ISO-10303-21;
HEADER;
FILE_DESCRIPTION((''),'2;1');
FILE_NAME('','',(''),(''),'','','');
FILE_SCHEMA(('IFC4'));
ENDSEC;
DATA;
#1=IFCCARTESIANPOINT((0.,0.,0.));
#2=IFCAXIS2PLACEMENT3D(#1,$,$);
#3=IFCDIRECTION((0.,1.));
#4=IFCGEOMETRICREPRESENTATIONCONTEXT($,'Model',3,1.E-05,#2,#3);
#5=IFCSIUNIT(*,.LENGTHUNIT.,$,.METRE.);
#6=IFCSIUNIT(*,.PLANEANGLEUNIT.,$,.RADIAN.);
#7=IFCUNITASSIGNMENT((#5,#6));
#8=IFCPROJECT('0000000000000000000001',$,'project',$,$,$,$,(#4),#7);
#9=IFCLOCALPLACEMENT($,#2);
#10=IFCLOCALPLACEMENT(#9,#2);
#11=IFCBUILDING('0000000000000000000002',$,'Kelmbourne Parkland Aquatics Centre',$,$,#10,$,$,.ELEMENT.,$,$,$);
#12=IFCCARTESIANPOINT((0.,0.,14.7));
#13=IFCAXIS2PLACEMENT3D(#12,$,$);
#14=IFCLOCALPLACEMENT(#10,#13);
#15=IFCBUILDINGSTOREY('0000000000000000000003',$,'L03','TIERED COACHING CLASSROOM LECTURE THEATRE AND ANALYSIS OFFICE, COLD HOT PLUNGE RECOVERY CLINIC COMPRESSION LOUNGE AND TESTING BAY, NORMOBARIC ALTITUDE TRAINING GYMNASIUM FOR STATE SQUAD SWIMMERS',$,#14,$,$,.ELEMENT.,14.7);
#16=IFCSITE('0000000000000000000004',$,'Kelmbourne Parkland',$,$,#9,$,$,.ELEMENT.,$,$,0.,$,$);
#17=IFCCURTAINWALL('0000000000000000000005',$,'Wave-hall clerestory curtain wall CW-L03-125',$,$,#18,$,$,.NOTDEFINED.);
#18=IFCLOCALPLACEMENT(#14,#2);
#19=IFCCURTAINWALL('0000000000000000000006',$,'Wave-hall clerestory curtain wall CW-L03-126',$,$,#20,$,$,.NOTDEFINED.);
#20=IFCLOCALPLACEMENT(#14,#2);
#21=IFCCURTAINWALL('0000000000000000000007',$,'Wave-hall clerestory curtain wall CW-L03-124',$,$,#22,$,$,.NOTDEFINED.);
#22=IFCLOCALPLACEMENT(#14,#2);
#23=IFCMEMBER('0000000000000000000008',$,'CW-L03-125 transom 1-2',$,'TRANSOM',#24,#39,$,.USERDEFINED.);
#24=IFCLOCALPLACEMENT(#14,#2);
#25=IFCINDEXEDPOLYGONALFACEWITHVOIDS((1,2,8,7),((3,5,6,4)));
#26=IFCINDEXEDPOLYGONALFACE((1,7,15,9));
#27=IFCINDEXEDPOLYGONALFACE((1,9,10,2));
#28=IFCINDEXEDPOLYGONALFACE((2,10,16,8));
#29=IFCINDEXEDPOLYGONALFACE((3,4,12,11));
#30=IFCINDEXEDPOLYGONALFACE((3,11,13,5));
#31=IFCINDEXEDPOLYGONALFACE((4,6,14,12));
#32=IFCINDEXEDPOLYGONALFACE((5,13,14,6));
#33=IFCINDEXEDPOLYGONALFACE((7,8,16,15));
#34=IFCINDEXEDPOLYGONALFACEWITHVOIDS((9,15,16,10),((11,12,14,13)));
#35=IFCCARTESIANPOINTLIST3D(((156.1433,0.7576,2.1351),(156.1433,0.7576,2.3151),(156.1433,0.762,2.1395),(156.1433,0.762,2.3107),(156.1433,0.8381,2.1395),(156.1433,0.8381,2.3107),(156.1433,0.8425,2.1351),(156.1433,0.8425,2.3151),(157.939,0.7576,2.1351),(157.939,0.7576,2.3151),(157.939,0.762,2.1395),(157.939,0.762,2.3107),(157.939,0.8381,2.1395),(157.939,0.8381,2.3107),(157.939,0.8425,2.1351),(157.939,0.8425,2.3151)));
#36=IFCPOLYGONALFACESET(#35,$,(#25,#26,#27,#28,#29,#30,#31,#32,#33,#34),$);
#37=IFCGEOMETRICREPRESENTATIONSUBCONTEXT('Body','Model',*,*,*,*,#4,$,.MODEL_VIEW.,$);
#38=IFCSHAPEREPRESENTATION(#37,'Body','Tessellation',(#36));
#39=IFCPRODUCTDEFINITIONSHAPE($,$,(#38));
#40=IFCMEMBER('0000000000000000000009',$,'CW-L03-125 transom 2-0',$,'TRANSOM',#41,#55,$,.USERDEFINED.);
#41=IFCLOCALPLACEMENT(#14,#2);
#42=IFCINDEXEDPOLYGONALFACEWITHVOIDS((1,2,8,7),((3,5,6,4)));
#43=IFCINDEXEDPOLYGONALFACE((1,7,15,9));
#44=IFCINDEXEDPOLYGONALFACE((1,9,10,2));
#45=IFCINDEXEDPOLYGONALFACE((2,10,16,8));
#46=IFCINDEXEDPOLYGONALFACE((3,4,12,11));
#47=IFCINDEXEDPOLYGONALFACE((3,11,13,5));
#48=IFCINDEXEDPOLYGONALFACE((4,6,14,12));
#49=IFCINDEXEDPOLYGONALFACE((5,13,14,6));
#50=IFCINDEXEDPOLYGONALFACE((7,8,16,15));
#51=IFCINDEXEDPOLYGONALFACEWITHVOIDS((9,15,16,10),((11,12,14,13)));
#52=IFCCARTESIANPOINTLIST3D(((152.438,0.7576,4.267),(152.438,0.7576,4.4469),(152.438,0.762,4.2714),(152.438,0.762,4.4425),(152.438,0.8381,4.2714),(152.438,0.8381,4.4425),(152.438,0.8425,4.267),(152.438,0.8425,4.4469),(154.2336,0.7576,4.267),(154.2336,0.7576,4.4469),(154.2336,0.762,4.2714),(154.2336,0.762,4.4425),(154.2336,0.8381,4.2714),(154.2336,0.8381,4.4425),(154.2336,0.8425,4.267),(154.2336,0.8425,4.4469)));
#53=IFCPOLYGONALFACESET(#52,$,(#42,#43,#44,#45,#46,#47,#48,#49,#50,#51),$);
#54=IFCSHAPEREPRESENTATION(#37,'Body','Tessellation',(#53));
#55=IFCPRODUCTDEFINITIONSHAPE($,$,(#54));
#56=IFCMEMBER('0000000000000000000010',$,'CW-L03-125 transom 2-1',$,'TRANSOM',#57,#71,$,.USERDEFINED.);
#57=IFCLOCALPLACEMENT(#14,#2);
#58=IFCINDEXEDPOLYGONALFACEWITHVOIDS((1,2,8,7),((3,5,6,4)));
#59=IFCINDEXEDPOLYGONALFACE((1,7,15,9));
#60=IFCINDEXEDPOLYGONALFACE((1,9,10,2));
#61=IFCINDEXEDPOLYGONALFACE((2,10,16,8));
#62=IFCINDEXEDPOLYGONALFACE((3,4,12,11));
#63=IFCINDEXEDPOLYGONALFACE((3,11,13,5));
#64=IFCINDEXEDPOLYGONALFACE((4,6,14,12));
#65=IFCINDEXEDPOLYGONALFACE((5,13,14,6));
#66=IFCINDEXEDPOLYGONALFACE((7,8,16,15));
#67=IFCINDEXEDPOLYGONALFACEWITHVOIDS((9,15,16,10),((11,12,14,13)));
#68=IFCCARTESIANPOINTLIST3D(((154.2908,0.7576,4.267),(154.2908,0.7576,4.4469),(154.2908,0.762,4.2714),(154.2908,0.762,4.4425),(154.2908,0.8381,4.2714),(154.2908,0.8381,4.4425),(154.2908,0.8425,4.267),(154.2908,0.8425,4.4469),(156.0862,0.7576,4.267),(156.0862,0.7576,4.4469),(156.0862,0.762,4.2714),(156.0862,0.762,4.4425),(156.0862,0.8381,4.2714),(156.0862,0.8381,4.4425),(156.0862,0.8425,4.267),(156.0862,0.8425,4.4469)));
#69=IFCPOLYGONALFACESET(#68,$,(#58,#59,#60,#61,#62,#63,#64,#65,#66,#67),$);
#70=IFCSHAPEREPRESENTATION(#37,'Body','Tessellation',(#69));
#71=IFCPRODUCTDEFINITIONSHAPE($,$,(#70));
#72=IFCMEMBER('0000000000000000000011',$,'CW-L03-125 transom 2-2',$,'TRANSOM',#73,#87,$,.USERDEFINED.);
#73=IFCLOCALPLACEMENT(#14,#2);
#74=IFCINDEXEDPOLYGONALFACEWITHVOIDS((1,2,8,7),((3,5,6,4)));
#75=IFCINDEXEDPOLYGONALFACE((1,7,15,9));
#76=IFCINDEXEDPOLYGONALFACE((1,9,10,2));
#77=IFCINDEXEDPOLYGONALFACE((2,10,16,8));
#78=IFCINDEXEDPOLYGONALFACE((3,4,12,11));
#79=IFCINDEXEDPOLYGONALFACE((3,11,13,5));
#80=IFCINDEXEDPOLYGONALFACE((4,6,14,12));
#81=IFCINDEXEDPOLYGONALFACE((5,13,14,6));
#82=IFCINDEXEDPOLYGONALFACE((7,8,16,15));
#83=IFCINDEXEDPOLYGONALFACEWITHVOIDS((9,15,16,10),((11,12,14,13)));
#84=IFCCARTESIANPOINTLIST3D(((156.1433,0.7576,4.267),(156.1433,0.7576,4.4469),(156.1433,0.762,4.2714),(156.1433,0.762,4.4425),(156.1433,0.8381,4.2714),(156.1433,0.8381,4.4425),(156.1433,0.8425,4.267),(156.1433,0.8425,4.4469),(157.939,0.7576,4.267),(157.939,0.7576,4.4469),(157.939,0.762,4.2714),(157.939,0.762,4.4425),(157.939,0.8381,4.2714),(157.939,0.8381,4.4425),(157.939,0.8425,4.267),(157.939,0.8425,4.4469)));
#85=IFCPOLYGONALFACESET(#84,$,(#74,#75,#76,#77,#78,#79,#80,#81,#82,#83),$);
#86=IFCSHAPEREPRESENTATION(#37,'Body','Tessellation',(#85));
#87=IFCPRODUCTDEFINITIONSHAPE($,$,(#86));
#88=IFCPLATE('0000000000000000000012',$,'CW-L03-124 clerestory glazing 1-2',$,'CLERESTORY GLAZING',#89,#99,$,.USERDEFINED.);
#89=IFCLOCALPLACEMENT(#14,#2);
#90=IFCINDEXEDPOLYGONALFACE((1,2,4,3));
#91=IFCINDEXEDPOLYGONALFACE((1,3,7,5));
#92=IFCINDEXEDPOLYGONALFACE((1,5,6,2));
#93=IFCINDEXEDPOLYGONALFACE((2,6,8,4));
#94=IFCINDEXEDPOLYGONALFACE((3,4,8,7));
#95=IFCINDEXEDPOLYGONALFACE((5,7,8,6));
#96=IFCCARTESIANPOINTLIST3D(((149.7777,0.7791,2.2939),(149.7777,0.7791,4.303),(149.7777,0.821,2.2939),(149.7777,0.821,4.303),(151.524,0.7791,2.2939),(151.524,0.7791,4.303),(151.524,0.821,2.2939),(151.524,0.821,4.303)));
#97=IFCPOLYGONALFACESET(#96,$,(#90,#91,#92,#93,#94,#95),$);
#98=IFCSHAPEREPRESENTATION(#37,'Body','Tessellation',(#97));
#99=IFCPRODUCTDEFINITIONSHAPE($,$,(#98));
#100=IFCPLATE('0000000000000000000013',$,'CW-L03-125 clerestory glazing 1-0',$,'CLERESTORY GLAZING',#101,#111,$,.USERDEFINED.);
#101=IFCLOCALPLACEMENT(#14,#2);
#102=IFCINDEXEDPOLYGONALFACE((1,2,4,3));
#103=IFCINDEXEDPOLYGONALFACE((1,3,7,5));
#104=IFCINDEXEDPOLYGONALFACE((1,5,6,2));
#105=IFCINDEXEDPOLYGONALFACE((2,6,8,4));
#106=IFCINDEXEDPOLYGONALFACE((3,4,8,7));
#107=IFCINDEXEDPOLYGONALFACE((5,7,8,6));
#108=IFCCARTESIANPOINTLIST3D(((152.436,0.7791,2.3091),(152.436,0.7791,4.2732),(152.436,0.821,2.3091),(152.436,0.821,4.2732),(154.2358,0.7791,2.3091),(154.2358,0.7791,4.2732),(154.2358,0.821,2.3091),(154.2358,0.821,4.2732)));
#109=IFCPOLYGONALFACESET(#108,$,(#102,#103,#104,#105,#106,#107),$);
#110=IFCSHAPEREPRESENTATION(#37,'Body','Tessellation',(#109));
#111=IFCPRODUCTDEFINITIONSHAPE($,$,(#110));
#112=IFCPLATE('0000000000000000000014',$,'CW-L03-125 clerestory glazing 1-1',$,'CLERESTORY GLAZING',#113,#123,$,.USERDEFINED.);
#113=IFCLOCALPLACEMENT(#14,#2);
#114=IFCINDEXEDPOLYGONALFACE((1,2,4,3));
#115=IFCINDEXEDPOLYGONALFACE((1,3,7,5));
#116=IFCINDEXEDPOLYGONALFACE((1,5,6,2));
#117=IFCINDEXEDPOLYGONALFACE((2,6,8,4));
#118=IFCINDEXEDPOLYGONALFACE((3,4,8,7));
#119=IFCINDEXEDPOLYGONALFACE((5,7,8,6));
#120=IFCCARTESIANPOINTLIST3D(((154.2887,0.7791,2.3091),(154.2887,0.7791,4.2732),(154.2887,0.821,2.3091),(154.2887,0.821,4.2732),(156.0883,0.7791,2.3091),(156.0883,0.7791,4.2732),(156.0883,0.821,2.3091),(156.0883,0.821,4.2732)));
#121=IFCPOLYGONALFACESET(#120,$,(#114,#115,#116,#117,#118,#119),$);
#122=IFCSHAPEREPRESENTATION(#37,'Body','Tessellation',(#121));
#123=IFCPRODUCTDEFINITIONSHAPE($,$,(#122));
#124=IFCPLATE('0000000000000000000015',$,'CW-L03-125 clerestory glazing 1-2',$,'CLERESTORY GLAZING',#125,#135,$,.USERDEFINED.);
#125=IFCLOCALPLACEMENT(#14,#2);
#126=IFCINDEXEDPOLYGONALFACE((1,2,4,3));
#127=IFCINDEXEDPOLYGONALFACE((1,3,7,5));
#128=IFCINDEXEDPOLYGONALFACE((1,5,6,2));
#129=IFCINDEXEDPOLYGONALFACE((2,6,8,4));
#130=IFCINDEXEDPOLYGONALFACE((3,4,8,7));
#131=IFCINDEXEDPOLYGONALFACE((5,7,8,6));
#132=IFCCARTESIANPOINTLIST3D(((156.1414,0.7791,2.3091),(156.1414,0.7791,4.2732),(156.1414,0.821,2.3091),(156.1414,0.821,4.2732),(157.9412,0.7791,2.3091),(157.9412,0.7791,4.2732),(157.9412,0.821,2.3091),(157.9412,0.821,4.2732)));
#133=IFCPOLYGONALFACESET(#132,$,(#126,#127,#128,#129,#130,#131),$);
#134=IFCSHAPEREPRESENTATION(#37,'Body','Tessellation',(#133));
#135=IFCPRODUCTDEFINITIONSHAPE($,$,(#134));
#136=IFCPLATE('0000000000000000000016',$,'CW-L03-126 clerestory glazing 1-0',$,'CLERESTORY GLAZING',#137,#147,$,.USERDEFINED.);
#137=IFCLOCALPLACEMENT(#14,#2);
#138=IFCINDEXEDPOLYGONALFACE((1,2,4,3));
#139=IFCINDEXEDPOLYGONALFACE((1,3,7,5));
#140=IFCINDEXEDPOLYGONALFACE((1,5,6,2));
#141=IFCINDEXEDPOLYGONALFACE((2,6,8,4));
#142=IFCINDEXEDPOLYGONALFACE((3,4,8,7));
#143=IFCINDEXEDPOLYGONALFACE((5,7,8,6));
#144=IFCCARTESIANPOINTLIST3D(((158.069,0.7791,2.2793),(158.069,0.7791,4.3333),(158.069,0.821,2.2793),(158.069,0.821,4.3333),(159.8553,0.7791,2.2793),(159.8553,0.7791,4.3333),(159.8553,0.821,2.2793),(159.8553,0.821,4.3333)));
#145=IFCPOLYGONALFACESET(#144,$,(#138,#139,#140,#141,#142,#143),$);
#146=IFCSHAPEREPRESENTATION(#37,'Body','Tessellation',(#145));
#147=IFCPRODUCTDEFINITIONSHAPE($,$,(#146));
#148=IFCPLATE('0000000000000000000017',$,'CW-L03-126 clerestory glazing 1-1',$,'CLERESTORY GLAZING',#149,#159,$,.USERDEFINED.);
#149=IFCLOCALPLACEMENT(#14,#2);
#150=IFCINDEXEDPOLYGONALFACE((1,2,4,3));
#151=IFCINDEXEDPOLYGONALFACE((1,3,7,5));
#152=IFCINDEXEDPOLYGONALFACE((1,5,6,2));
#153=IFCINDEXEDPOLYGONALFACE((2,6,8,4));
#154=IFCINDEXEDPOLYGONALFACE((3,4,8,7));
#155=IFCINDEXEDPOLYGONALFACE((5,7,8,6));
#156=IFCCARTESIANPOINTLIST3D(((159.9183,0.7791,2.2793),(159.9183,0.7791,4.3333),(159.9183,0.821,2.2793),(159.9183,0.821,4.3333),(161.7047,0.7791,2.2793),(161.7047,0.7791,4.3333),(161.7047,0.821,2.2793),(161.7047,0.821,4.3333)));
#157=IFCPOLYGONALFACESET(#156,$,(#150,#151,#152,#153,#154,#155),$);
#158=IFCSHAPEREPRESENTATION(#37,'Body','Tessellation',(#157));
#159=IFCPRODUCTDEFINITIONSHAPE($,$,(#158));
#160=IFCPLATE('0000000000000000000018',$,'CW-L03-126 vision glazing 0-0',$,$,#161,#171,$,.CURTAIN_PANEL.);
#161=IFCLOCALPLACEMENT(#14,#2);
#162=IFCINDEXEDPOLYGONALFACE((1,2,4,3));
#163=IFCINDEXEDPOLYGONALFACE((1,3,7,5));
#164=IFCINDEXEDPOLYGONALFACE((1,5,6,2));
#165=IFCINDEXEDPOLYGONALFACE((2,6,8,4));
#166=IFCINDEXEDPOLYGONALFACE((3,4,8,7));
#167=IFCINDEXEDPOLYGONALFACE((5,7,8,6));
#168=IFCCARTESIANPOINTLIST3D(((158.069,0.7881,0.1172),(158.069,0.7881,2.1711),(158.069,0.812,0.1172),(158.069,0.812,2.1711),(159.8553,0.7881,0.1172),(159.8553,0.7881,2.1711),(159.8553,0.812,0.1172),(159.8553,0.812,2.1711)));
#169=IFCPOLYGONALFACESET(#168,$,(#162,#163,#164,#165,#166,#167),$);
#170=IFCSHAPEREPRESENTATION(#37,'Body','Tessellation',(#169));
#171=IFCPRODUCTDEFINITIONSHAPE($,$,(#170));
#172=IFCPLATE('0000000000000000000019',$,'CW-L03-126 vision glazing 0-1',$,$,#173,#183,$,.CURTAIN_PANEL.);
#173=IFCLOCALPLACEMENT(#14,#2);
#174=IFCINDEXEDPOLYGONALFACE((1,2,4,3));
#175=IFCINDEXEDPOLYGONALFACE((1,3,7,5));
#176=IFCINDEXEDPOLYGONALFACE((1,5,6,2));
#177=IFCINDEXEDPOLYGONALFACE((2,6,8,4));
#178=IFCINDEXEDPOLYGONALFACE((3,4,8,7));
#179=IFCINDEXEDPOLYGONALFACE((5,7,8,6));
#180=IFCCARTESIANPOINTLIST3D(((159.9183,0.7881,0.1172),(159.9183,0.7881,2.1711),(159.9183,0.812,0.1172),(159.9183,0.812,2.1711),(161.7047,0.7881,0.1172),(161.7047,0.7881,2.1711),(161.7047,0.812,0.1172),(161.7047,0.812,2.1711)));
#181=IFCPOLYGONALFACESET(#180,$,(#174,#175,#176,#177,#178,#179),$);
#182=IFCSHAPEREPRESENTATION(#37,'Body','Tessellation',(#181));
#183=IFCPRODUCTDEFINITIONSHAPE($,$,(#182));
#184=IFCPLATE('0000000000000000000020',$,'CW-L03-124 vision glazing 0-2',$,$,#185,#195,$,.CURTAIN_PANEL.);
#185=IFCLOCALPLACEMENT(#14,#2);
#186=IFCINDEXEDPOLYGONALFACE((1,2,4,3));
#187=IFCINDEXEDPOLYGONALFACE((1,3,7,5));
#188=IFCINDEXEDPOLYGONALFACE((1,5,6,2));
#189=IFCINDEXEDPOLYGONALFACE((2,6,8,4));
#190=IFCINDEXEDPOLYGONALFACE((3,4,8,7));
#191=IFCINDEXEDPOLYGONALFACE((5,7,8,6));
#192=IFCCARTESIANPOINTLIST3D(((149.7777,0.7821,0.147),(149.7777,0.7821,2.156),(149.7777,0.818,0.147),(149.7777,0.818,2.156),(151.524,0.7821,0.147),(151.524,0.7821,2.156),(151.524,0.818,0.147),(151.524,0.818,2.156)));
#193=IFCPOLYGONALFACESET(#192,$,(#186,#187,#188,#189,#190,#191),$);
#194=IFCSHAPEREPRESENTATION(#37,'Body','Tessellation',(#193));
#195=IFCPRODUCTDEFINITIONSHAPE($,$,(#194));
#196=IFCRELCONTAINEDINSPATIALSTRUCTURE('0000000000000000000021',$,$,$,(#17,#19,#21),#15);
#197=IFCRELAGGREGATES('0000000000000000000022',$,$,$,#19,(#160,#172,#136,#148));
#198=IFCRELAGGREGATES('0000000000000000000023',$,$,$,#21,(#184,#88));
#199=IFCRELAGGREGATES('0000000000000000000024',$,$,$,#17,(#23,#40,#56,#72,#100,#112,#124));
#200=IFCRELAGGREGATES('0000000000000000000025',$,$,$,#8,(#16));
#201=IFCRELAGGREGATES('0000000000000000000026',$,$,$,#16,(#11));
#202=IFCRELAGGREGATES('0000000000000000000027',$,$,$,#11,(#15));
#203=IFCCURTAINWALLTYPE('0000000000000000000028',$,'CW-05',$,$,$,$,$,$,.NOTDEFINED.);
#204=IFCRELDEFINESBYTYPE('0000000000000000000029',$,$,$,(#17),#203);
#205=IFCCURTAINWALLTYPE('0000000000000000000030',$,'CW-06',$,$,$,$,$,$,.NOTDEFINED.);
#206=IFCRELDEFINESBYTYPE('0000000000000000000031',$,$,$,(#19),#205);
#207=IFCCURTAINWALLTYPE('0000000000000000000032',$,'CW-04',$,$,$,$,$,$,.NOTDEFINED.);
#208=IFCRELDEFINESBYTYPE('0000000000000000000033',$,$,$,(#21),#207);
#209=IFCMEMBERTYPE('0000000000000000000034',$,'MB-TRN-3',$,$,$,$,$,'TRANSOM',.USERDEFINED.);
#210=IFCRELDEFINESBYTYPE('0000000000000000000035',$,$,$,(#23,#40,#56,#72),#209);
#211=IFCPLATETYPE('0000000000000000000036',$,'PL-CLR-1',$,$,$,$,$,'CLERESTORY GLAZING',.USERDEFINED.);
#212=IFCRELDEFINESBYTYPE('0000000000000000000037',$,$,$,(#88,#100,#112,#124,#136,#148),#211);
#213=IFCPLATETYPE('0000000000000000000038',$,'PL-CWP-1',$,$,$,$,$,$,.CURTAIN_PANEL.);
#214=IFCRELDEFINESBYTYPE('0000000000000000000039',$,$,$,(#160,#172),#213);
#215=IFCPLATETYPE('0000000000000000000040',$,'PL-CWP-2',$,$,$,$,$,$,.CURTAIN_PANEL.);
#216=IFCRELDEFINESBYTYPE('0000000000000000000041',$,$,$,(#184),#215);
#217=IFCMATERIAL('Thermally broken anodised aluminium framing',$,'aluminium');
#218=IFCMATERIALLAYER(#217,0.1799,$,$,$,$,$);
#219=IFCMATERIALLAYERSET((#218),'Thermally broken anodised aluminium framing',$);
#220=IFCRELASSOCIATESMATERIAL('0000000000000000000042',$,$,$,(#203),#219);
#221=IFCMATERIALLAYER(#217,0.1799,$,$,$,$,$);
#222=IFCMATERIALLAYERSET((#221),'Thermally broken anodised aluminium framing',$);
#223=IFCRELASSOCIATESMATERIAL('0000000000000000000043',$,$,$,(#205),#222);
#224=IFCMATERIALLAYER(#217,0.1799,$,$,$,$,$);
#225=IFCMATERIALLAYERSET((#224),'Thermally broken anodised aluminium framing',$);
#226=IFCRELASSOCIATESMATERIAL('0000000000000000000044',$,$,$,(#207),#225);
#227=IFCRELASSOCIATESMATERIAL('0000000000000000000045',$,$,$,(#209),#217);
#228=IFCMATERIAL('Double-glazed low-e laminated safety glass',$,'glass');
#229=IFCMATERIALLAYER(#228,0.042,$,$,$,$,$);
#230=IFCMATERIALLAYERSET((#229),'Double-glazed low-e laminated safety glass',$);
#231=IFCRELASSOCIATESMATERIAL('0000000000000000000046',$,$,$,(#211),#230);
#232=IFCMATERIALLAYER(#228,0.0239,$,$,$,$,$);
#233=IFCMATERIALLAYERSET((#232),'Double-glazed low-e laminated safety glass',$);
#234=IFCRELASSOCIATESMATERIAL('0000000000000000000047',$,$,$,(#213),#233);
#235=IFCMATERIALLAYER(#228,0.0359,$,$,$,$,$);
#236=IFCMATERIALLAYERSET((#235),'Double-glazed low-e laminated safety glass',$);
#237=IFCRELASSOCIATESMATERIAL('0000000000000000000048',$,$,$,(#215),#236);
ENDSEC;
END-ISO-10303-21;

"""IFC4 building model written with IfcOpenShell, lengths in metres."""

from ifc_helpers import new_model, si_unit, direction, frame, origin, origin_2d, place, context, subcontext, project, spatial, rectangle, hollow_rectangle, extrude, material, layer, layer_set, material_profile, profile_set, type_object, element, aggregate, save


model = new_model("IFC4")

# Units and contexts
model_context = context("Model", 3, precision=1e-05, world=origin(), true_north=direction((0.0, 1.0)))
body_context = subcontext(model_context, "Body", "Model", "MODEL_VIEW")
ifc_project = project(units=[si_unit("LENGTHUNIT", "METRE"), si_unit("PLANEANGLEUNIT", "RADIAN")], contexts=[model_context])

# Site, building, storey
site_placement = place(None, origin())
site = spatial("IfcSite", under=ifc_project, at=site_placement, Name="Kelmbourne Parkland", CompositionType="ELEMENT", RefElevation=0.0)
building_placement = place(site_placement, origin())
building = spatial("IfcBuilding", under=site, at=building_placement, Name="Kelmbourne Parkland Aquatics Centre", CompositionType="ELEMENT")
storey_placement = place(building_placement, frame((0.0, 0.0, 14.7)))
storey = spatial("IfcBuildingStorey", under=building, at=storey_placement, Name="L03", Description="TIERED COACHING CLASSROOM LECTURE THEATRE AND ANALYSIS OFFICE, COLD HOT PLUNGE RECOVERY CLINIC COMPRESSION LOUNGE AND TESTING BAY, NORMOBARIC ALTITUDE TRAINING GYMNASIUM FOR STATE SQUAD SWIMMERS", CompositionType="ELEMENT", Elevation=14.7)

# Curtain walls
ifc_material_1 = material(Name="Thermally broken anodised aluminium framing", Category="aluminium")
ifc_layer_1 = layer(ifc_material_1, 0.1799)
ifc_layer_set_1 = layer_set([ifc_layer_1], Name="Thermally broken anodised aluminium framing")
curtain_wall_type_1 = type_object("IfcCurtainWallType", Name="CW-05", PredefinedType="NOTDEFINED", material=ifc_layer_set_1)
curtain_wall_1_placement = place(storey_placement, origin())
curtain_wall_1 = element("IfcCurtainWall", 1, at=curtain_wall_1_placement, inside=storey, type_object=curtain_wall_type_1, Name="Wave-hall clerestory curtain wall CW-L03-125", PredefinedType="NOTDEFINED")
ifc_layer_2 = layer(ifc_material_1, 0.1799)
ifc_layer_set_2 = layer_set([ifc_layer_2], Name="Thermally broken anodised aluminium framing")
curtain_wall_type_2 = type_object("IfcCurtainWallType", Name="CW-06", PredefinedType="NOTDEFINED", material=ifc_layer_set_2)
curtain_wall_2_placement = place(storey_placement, origin())
curtain_wall_2 = element("IfcCurtainWall", 2, at=curtain_wall_2_placement, inside=storey, type_object=curtain_wall_type_2, Name="Wave-hall clerestory curtain wall CW-L03-126", PredefinedType="NOTDEFINED")

# Curtain wall
ifc_layer_3 = layer(ifc_material_1, 0.1799)
ifc_layer_set_3 = layer_set([ifc_layer_3], Name="Thermally broken anodised aluminium framing")
curtain_wall_type_3 = type_object("IfcCurtainWallType", Name="CW-04", PredefinedType="NOTDEFINED", material=ifc_layer_set_3)
curtain_wall_3_placement = place(storey_placement, origin())
curtain_wall_3 = element("IfcCurtainWall", 3, at=curtain_wall_3_placement, inside=storey, type_object=curtain_wall_type_3, Name="Wave-hall clerestory curtain wall CW-L03-124", PredefinedType="NOTDEFINED")

# Members
ifc_material_profile_1 = material_profile(ifc_material_1, hollow_rectangle(XDim=0.085, YDim=0.1799, WallThickness=0.0044, at=origin_2d()), Name="CW-T 85x180")
ifc_profile_set_1 = profile_set([ifc_material_profile_1], Name="Thermally broken anodised aluminium framing")
member_type_1 = type_object("IfcMemberType", Name="MB-TRN-3", ElementType="TRANSOM", PredefinedType="USERDEFINED", material=ifc_profile_set_1)
member_1_placement = place(storey_placement, frame((156.1433, 0.8, 2.2251), z_axis=(1.0, 0.0, 0.0), x_axis=(0.0, 1.0, 0.0)))
member_1 = element("IfcMember", 4, at=member_1_placement, type_object=member_type_1, Name="CW-L03-125 transom 1-2", ObjectType="TRANSOM", PredefinedType="USERDEFINED", context=body_context, shape_type="SweptSolid", body=[
    extrude(hollow_rectangle(XDim=0.085, YDim=0.1799, WallThickness=0.0044, at=origin_2d()), origin(), (0.0, 0.0, 1.0), 1.7957),
])
member_2_placement = place(storey_placement, frame((152.438, 0.8, 4.3569), z_axis=(1.0, 0.0, 0.0), x_axis=(0.0, 1.0, 0.0)))
member_2 = element("IfcMember", 5, at=member_2_placement, type_object=member_type_1, Name="CW-L03-125 transom 2-0", ObjectType="TRANSOM", PredefinedType="USERDEFINED", context=body_context, shape_type="SweptSolid", body=[
    extrude(hollow_rectangle(XDim=0.085, YDim=0.1799, WallThickness=0.0044, at=origin_2d()), origin(), (0.0, 0.0, 1.0), 1.7957),
])
member_3_placement = place(storey_placement, frame((154.2908, 0.8, 4.3569), z_axis=(1.0, 0.0, 0.0), x_axis=(0.0, 1.0, 0.0)))
member_3 = element("IfcMember", 6, at=member_3_placement, type_object=member_type_1, Name="CW-L03-125 transom 2-1", ObjectType="TRANSOM", PredefinedType="USERDEFINED", context=body_context, shape_type="SweptSolid", body=[
    extrude(hollow_rectangle(XDim=0.085, YDim=0.1799, WallThickness=0.0044, at=origin_2d()), origin(), (0.0, 0.0, 1.0), 1.7954),
])
member_4_placement = place(storey_placement, frame((156.1433, 0.8, 4.3569), z_axis=(1.0, 0.0, 0.0), x_axis=(0.0, 1.0, 0.0)))
member_4 = element("IfcMember", 7, at=member_4_placement, type_object=member_type_1, Name="CW-L03-125 transom 2-2", ObjectType="TRANSOM", PredefinedType="USERDEFINED", context=body_context, shape_type="SweptSolid", body=[
    extrude(hollow_rectangle(XDim=0.085, YDim=0.1799, WallThickness=0.0044, at=origin_2d()), origin(), (0.0, 0.0, 1.0), 1.7957),
])

# Plates
ifc_material_2 = material(Name="Double-glazed low-e laminated safety glass", Category="glass")
ifc_layer_4 = layer(ifc_material_2, 0.042)
ifc_layer_set_4 = layer_set([ifc_layer_4], Name="Double-glazed low-e laminated safety glass")
plate_type_1 = type_object("IfcPlateType", Name="PL-CLR-1", ElementType="CLERESTORY GLAZING", PredefinedType="USERDEFINED", material=ifc_layer_set_4)
plate_1_placement = place(storey_placement, frame((150.6509, 0.8, 2.2939), z_axis=(0.0, 0.0, 1.0), x_axis=(1.0, 0.0, 0.0)))
plate_1 = element("IfcPlate", 8, at=plate_1_placement, type_object=plate_type_1, Name="CW-L03-124 clerestory glazing 1-2", ObjectType="CLERESTORY GLAZING", PredefinedType="USERDEFINED", context=body_context, shape_type="SweptSolid", body=[
    extrude(rectangle(XDim=1.7463, YDim=0.042, at=origin_2d()), origin(), (0.0, 0.0, 1.0), 2.009),
])
plate_2_placement = place(storey_placement, frame((153.3359, 0.8, 2.3091), z_axis=(0.0, 0.0, 1.0), x_axis=(1.0, 0.0, 0.0)))
plate_2 = element("IfcPlate", 9, at=plate_2_placement, type_object=plate_type_1, Name="CW-L03-125 clerestory glazing 1-0", ObjectType="CLERESTORY GLAZING", PredefinedType="USERDEFINED", context=body_context, shape_type="SweptSolid", body=[
    extrude(rectangle(XDim=1.7998, YDim=0.042, at=origin_2d()), origin(), (0.0, 0.0, 1.0), 1.9641),
])
plate_3_placement = place(storey_placement, frame((155.1885, 0.8, 2.3091), z_axis=(0.0, 0.0, 1.0), x_axis=(1.0, 0.0, 0.0)))
plate_3 = element("IfcPlate", 10, at=plate_3_placement, type_object=plate_type_1, Name="CW-L03-125 clerestory glazing 1-1", ObjectType="CLERESTORY GLAZING", PredefinedType="USERDEFINED", context=body_context, shape_type="SweptSolid", body=[
    extrude(rectangle(XDim=1.7996, YDim=0.042, at=origin_2d()), origin(), (0.0, 0.0, 1.0), 1.9641),
])
plate_4_placement = place(storey_placement, frame((157.0413, 0.8, 2.3091), z_axis=(0.0, 0.0, 1.0), x_axis=(1.0, 0.0, 0.0)))
plate_4 = element("IfcPlate", 11, at=plate_4_placement, type_object=plate_type_1, Name="CW-L03-125 clerestory glazing 1-2", ObjectType="CLERESTORY GLAZING", PredefinedType="USERDEFINED", context=body_context, shape_type="SweptSolid", body=[
    extrude(rectangle(XDim=1.7998, YDim=0.042, at=origin_2d()), origin(), (0.0, 0.0, 1.0), 1.9641),
])
plate_5_placement = place(storey_placement, frame((158.9622, 0.8, 2.2793), z_axis=(0.0, 0.0, 1.0), x_axis=(1.0, 0.0, 0.0)))
plate_5 = element("IfcPlate", 12, at=plate_5_placement, type_object=plate_type_1, Name="CW-L03-126 clerestory glazing 1-0", ObjectType="CLERESTORY GLAZING", PredefinedType="USERDEFINED", context=body_context, shape_type="SweptSolid", body=[
    extrude(rectangle(XDim=1.7864, YDim=0.042, at=origin_2d()), origin(), (0.0, 0.0, 1.0), 2.054),
])
plate_6_placement = place(storey_placement, frame((160.8115, 0.8, 2.2793), z_axis=(0.0, 0.0, 1.0), x_axis=(1.0, 0.0, 0.0)))
plate_6 = element("IfcPlate", 13, at=plate_6_placement, type_object=plate_type_1, Name="CW-L03-126 clerestory glazing 1-1", ObjectType="CLERESTORY GLAZING", PredefinedType="USERDEFINED", context=body_context, shape_type="SweptSolid", body=[
    extrude(rectangle(XDim=1.7864, YDim=0.042, at=origin_2d()), origin(), (0.0, 0.0, 1.0), 2.054),
])
ifc_layer_5 = layer(ifc_material_2, 0.0239)
ifc_layer_set_5 = layer_set([ifc_layer_5], Name="Double-glazed low-e laminated safety glass")
plate_type_2 = type_object("IfcPlateType", Name="PL-CWP-1", PredefinedType="CURTAIN_PANEL", material=ifc_layer_set_5)
plate_7_placement = place(storey_placement, frame((158.9622, 0.8, 0.1172), z_axis=(0.0, 0.0, 1.0), x_axis=(1.0, 0.0, 0.0)))
plate_7 = element("IfcPlate", 14, at=plate_7_placement, type_object=plate_type_2, Name="CW-L03-126 vision glazing 0-0", PredefinedType="CURTAIN_PANEL", context=body_context, shape_type="SweptSolid", body=[
    extrude(rectangle(XDim=1.7864, YDim=0.0239, at=origin_2d()), origin(), (0.0, 0.0, 1.0), 2.054),
])
plate_8_placement = place(storey_placement, frame((160.8115, 0.8, 0.1172), z_axis=(0.0, 0.0, 1.0), x_axis=(1.0, 0.0, 0.0)))
plate_8 = element("IfcPlate", 15, at=plate_8_placement, type_object=plate_type_2, Name="CW-L03-126 vision glazing 0-1", PredefinedType="CURTAIN_PANEL", context=body_context, shape_type="SweptSolid", body=[
    extrude(rectangle(XDim=1.7864, YDim=0.0239, at=origin_2d()), origin(), (0.0, 0.0, 1.0), 2.054),
])
aggregate(curtain_wall_2, [plate_7, plate_8, plate_5, plate_6])
ifc_layer_6 = layer(ifc_material_2, 0.0359)
ifc_layer_set_6 = layer_set([ifc_layer_6], Name="Double-glazed low-e laminated safety glass")
plate_type_3 = type_object("IfcPlateType", Name="PL-CWP-2", PredefinedType="CURTAIN_PANEL", material=ifc_layer_set_6)
plate_9_placement = place(storey_placement, frame((150.6509, 0.8, 0.147), z_axis=(0.0, 0.0, 1.0), x_axis=(1.0, 0.0, 0.0)))
plate_9 = element("IfcPlate", 16, at=plate_9_placement, type_object=plate_type_3, Name="CW-L03-124 vision glazing 0-2", PredefinedType="CURTAIN_PANEL", context=body_context, shape_type="SweptSolid", body=[
    extrude(rectangle(XDim=1.7463, YDim=0.0359, at=origin_2d()), origin(), (0.0, 0.0, 1.0), 2.009),
])
aggregate(curtain_wall_3, [plate_9, plate_1])
aggregate(curtain_wall_1, [member_1, member_2, member_3, member_4, plate_2, plate_3, plate_4])

save(model, "model.ifc")
